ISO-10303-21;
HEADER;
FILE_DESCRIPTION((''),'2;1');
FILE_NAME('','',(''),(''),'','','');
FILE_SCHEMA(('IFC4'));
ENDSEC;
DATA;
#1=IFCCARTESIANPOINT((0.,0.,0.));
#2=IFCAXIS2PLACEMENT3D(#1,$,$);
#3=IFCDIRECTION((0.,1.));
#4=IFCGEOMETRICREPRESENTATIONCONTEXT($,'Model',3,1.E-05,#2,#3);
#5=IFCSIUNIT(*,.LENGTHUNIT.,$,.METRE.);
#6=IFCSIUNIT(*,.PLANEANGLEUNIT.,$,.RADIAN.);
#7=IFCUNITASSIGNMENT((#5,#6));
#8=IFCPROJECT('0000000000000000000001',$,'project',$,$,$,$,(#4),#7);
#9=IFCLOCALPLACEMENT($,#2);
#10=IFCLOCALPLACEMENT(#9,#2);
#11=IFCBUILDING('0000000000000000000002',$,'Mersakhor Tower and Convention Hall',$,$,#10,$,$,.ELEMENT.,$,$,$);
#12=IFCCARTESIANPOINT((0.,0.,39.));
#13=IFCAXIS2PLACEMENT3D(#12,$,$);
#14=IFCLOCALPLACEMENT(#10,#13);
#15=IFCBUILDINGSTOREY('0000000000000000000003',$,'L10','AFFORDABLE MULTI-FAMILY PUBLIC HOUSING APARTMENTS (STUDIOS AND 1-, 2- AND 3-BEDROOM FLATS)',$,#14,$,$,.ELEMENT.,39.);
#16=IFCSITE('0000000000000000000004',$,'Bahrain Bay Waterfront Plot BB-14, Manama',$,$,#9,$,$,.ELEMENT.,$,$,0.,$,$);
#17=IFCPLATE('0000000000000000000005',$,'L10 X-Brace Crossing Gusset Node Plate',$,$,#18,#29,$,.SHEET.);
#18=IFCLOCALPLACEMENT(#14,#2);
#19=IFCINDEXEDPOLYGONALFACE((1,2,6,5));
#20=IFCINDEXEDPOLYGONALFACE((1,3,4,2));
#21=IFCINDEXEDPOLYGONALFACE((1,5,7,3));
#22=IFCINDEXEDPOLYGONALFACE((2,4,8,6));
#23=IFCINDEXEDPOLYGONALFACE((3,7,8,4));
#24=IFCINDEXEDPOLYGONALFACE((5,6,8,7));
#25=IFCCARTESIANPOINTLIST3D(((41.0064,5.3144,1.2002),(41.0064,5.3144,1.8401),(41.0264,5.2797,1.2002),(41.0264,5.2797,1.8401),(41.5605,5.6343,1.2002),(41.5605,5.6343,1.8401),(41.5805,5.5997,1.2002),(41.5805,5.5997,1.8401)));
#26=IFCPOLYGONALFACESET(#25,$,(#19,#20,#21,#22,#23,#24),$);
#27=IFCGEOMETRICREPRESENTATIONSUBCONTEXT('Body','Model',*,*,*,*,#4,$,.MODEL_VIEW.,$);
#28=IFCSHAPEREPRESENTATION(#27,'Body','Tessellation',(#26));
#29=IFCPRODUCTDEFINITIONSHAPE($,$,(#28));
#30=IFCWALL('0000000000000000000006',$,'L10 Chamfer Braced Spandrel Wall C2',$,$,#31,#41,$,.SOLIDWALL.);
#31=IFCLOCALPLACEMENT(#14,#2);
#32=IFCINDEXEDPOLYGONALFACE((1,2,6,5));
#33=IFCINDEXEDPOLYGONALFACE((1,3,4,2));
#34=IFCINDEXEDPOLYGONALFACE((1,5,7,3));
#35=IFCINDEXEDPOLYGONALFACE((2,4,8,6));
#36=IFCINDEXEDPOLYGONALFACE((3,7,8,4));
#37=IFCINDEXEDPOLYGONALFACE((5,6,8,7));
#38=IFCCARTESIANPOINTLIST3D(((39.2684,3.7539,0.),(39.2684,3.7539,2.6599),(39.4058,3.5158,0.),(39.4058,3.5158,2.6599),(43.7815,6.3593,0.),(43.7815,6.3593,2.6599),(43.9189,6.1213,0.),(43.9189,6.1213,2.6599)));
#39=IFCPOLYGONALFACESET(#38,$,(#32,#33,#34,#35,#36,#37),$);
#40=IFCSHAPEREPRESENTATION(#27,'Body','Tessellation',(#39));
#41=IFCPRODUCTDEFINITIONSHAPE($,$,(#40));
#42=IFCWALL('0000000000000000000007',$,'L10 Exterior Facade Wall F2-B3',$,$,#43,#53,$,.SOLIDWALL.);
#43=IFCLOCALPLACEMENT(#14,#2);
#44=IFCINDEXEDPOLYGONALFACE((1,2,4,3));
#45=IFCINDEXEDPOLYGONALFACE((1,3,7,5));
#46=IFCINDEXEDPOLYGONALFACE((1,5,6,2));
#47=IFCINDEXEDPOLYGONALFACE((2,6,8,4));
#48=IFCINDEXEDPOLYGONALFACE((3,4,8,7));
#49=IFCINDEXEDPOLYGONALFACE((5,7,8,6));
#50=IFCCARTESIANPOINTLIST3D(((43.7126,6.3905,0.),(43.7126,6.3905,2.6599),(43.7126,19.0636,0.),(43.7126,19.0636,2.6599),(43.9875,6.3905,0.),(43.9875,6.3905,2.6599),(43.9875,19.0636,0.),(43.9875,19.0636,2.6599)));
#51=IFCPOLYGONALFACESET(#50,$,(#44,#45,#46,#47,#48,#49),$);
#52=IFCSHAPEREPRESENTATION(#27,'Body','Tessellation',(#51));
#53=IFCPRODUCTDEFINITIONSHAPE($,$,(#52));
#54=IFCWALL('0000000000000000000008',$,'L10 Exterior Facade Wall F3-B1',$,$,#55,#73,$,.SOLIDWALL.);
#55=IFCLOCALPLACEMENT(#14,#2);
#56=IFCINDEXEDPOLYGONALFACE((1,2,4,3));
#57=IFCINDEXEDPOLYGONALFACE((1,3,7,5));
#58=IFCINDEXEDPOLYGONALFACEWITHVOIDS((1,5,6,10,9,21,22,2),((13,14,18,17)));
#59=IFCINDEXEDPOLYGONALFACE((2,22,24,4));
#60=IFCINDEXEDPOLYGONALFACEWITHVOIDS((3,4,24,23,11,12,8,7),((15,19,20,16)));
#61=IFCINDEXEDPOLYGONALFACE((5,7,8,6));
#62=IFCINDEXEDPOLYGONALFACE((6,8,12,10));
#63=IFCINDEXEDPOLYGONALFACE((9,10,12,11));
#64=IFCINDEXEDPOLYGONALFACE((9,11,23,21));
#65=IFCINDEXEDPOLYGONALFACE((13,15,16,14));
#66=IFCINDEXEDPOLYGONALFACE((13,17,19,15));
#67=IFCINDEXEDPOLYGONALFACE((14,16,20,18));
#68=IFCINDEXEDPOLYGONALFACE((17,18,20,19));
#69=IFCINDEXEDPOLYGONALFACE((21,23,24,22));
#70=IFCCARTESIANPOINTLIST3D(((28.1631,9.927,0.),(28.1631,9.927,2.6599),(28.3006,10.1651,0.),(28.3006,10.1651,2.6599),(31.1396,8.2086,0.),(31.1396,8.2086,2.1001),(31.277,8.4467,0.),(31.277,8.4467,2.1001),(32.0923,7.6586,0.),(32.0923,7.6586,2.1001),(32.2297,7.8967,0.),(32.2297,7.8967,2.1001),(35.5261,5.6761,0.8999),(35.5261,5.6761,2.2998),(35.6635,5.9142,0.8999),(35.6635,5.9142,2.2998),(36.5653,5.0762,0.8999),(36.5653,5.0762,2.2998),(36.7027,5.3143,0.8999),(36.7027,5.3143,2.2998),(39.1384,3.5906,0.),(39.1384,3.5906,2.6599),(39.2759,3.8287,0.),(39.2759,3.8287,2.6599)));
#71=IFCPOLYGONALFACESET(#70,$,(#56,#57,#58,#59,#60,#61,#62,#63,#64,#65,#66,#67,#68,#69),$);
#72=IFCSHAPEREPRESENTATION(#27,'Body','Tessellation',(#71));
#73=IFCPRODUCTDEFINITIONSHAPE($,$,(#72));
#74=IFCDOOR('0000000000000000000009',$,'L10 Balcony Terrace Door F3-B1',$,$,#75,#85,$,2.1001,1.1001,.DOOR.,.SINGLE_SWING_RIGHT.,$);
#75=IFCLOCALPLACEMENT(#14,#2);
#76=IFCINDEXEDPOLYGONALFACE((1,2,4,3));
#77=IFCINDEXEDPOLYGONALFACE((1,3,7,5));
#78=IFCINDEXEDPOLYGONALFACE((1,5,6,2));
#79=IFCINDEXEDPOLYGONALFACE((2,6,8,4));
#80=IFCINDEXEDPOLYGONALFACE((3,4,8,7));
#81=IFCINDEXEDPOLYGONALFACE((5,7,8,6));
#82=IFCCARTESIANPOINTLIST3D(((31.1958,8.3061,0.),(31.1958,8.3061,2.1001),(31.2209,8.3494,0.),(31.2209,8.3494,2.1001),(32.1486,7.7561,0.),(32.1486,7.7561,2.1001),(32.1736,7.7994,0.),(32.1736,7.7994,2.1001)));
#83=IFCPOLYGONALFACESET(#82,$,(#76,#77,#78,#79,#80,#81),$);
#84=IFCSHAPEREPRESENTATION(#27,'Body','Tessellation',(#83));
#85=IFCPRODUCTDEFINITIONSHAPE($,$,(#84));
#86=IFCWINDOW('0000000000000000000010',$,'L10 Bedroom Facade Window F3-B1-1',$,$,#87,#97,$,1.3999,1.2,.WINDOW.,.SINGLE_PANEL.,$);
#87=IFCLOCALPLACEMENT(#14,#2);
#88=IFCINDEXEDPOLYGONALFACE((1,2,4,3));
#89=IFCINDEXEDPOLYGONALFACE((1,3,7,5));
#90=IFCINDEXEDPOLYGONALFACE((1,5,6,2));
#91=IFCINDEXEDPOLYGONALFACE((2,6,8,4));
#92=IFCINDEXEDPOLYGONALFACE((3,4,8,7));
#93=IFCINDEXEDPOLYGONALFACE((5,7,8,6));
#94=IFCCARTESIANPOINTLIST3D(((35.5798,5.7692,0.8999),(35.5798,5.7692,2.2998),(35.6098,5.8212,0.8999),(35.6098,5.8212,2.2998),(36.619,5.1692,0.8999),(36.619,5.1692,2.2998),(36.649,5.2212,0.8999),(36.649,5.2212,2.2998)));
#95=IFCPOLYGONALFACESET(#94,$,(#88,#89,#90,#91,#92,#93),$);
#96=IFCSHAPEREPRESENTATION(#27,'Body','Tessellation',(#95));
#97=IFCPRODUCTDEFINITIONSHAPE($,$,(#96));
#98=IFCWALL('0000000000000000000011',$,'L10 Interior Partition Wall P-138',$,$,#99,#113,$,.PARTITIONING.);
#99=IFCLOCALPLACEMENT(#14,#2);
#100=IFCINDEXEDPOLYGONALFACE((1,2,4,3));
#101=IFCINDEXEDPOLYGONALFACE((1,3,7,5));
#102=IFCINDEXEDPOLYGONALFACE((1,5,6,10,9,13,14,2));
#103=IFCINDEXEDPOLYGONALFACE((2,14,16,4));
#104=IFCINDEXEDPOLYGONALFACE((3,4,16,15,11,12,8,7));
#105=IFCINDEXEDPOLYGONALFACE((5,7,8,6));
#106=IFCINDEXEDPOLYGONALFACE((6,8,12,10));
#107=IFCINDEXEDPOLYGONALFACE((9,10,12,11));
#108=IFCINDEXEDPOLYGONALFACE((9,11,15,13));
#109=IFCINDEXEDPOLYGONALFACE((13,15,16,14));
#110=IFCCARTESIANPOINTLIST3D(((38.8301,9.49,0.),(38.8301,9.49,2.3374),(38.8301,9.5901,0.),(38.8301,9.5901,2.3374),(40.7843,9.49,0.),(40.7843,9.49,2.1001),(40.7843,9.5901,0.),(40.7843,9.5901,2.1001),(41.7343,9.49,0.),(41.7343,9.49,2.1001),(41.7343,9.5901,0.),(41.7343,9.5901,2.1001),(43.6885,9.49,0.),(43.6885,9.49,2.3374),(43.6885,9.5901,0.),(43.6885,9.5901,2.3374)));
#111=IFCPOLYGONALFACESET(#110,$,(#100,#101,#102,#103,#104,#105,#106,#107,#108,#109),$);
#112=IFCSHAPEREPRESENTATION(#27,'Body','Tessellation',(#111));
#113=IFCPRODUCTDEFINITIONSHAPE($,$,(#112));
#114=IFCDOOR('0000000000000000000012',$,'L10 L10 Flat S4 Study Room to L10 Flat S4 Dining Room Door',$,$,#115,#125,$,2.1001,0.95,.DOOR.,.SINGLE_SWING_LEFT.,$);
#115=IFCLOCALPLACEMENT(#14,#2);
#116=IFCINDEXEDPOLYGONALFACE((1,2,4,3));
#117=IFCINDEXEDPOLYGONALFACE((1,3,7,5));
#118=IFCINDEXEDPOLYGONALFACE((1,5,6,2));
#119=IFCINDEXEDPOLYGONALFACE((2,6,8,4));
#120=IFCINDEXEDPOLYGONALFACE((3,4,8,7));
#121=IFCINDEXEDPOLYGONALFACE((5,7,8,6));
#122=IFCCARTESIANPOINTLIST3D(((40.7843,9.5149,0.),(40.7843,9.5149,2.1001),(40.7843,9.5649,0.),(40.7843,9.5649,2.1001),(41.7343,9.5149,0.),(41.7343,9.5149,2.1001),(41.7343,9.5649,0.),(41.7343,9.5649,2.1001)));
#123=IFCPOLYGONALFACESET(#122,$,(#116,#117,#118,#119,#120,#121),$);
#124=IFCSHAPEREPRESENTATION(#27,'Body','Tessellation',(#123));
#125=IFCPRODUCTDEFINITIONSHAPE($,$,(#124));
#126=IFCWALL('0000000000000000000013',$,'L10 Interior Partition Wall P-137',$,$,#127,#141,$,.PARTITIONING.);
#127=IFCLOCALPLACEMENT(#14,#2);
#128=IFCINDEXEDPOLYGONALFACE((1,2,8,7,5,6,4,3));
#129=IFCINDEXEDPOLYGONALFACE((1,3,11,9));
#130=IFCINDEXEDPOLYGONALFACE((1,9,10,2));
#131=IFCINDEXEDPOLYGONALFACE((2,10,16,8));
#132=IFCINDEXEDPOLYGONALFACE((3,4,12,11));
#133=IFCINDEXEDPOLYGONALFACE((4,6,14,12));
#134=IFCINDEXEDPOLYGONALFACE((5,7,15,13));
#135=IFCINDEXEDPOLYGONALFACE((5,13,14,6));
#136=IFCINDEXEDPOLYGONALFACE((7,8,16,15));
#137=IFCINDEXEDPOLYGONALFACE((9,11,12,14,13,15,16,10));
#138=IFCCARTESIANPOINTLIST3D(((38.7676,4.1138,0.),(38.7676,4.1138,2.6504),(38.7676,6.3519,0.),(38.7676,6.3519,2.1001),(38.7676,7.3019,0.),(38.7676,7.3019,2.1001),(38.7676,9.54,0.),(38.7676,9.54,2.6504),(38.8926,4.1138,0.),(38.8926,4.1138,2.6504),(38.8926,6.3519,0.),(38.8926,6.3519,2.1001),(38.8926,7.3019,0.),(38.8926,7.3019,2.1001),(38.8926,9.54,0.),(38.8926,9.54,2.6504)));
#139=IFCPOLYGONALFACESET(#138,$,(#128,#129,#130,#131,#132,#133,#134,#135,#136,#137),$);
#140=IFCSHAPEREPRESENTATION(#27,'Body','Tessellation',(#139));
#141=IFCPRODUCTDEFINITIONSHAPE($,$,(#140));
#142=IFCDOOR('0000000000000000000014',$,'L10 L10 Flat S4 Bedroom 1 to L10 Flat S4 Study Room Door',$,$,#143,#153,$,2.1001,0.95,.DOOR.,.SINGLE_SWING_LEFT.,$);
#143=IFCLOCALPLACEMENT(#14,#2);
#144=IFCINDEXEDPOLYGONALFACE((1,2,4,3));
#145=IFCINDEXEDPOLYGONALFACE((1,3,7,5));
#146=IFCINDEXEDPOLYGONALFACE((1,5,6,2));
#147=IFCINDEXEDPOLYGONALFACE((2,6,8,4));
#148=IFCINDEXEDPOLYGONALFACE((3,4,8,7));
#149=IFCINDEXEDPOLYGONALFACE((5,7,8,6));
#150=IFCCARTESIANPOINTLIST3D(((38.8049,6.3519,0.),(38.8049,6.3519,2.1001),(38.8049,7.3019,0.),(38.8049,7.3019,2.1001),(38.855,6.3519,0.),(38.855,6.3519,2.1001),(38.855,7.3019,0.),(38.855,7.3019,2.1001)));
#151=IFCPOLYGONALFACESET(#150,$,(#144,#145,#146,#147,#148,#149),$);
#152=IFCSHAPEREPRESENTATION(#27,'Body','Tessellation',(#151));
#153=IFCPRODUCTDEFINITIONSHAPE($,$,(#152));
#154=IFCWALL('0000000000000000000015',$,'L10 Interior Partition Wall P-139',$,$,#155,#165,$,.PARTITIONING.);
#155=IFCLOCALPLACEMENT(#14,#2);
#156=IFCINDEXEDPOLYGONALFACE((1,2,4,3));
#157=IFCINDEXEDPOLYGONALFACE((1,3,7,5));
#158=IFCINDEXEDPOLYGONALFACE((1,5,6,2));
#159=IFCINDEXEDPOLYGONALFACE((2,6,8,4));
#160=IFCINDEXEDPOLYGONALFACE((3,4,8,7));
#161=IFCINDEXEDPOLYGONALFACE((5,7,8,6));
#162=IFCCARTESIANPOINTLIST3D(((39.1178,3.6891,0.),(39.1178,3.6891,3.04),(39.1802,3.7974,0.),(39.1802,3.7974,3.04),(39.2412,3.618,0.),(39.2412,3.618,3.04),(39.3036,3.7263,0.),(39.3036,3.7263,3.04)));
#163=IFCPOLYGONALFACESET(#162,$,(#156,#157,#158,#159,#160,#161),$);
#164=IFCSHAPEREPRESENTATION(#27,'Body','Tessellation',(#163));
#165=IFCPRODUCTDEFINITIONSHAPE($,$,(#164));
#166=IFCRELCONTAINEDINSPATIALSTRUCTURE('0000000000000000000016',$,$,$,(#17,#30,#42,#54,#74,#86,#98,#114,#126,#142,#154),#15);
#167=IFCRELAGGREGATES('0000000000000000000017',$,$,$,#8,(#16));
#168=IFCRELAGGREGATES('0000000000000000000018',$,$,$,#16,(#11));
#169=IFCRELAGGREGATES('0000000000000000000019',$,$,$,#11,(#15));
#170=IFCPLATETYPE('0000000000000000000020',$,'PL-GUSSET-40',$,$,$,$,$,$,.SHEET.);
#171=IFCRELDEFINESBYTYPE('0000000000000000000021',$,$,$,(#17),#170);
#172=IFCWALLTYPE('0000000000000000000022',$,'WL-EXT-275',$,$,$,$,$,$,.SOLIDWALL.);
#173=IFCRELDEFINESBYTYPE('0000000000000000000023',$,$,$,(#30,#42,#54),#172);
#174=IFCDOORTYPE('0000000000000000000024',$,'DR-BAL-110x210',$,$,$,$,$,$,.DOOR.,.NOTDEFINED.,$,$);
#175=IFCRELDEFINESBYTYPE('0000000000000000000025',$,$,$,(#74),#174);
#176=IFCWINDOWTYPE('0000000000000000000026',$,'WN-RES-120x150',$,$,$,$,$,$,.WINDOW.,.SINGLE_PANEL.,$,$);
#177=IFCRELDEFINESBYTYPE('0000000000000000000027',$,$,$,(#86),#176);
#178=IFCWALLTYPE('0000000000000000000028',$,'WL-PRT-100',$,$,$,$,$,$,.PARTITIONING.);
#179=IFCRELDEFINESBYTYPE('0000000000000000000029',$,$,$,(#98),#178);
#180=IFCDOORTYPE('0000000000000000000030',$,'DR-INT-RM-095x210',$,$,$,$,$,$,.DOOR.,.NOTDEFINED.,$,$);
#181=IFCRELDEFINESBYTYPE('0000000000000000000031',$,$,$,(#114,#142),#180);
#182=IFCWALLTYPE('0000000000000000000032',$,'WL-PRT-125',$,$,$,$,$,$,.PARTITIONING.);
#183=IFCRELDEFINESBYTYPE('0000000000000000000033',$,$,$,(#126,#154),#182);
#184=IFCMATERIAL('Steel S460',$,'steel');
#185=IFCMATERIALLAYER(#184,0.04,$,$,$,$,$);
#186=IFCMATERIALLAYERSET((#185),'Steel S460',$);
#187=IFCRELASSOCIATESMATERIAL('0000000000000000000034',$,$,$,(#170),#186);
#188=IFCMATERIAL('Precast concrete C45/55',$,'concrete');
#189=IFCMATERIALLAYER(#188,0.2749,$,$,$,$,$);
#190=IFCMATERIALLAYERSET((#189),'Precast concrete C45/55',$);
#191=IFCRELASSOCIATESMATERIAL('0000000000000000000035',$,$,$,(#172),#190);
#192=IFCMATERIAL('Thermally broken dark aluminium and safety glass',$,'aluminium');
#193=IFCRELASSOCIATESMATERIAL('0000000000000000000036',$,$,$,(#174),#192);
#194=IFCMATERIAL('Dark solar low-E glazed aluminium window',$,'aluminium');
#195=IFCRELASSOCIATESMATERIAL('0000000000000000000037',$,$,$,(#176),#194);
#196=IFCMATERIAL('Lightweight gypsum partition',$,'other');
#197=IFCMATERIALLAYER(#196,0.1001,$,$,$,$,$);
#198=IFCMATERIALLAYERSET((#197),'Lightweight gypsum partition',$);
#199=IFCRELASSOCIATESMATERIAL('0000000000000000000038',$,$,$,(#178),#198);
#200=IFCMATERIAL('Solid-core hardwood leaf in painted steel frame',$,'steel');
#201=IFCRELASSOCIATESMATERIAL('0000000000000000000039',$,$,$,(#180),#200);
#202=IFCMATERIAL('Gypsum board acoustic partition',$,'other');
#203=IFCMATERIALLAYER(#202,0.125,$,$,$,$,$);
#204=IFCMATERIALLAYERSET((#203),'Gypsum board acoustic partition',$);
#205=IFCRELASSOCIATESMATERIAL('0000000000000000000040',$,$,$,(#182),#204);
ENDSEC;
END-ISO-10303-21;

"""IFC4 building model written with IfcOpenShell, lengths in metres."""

from ifc_helpers import new_model, si_unit, direction, frame, frame_2d, origin, origin_2d, place, context, subcontext, project, spatial, rectangle, extrude, material, layer, layer_set, type_object, element, fill, save


model = new_model("IFC4")

# Units and contexts
model_context = context("Model", 3, precision=1e-05, world=origin(), true_north=direction((0.0, 1.0)))
body_context = subcontext(model_context, "Body", "Model", "MODEL_VIEW")
ifc_project = project(units=[si_unit("LENGTHUNIT", "METRE"), si_unit("PLANEANGLEUNIT", "RADIAN")], contexts=[model_context])

# Site, building, storey
site_placement = place(None, origin())
site = spatial("IfcSite", under=ifc_project, at=site_placement, Name="Bahrain Bay Waterfront Plot BB-14, Manama", CompositionType="ELEMENT", RefElevation=0.0)
building_placement = place(site_placement, origin())
building = spatial("IfcBuilding", under=site, at=building_placement, Name="Mersakhor Tower and Convention Hall", CompositionType="ELEMENT")
storey_placement = place(building_placement, frame((0.0, 0.0, 39.0)))
storey = spatial("IfcBuildingStorey", under=building, at=storey_placement, Name="L10", Description="AFFORDABLE MULTI-FAMILY PUBLIC HOUSING APARTMENTS (STUDIOS AND 1-, 2- AND 3-BEDROOM FLATS)", CompositionType="ELEMENT", Elevation=39.0)

# Plate
ifc_material_1 = material(Name="Steel S460", Category="steel")
ifc_layer_1 = layer(ifc_material_1, 0.04)
ifc_layer_set_1 = layer_set([ifc_layer_1], Name="Steel S460")
plate_type_1 = type_object("IfcPlateType", Name="PL-GUSSET-40", PredefinedType="SHEET", material=ifc_layer_set_1)
plate_1_placement = place(storey_placement, frame((41.2935, 5.457, 1.2002), z_axis=(0.0, 0.0, 1.0), x_axis=(0.866025, 0.5, 0.0)))
element("IfcPlate", 1, at=plate_1_placement, inside=storey, type_object=plate_type_1, Name="L10 X-Brace Crossing Gusset Node Plate", PredefinedType="SHEET", context=body_context, shape_type="SweptSolid", body=[
    extrude(rectangle(XDim=0.6399, YDim=0.04, at=origin_2d()), origin(), (0.0, 0.0, 1.0), 0.6399),
])

# Walls
ifc_material_2 = material(Name="Precast concrete C45/55", Category="concrete")
ifc_layer_2 = layer(ifc_material_2, 0.2749)
ifc_layer_set_2 = layer_set([ifc_layer_2], Name="Precast concrete C45/55")
wall_type_1 = type_object("IfcWallType", Name="WL-EXT-275", PredefinedType="SOLIDWALL", material=ifc_layer_set_2)
wall_1_placement = place(storey_placement, frame((43.8501, 6.2402, 0.0), z_axis=(0.0, 0.0, 1.0), x_axis=(-0.866044, -0.499968, 0.0)))
element("IfcWall", 2, at=wall_1_placement, inside=storey, type_object=wall_type_1, Name="L10 Chamfer Braced Spandrel Wall C2", PredefinedType="SOLIDWALL", context=body_context, shape_type="SweptSolid", body=[
    extrude(rectangle(XDim=5.2112, YDim=0.2749, at=frame_2d((2.6055, 0.0))), origin(), (0.0, 0.0, 1.0), 2.6599),
])
wall_2_placement = place(storey_placement, frame((43.8501, 19.0635, 0.0), z_axis=(0.0, 0.0, 1.0), x_axis=(0.0, -1.0, 0.0)))
element("IfcWall", 3, at=wall_2_placement, inside=storey, type_object=wall_type_1, Name="L10 Exterior Facade Wall F2-B3", PredefinedType="SOLIDWALL", context=body_context, shape_type="SweptSolid", body=[
    extrude(rectangle(XDim=12.6731, YDim=0.2749, at=frame_2d((6.3364, 0.0))), origin(), (0.0, 0.0, 1.0), 2.6599),
])

# Wall, openings, door, window
wall_3_placement = place(storey_placement, frame((39.207, 3.7097, 0.0), z_axis=(0.0, 0.0, 1.0), x_axis=(-0.866032, 0.499989, 0.0)))
wall_3 = element("IfcWall", 4, at=wall_3_placement, inside=storey, type_object=wall_type_1, Name="L10 Exterior Facade Wall F3-B1", PredefinedType="SOLIDWALL", context=body_context, shape_type="SweptSolid", body=[
    extrude(rectangle(XDim=12.6731, YDim=0.2749, at=frame_2d((6.3364, 0.0))), origin(), (0.0, 0.0, 1.0), 2.6599),
])
opening_1_placement = place(wall_3_placement, frame((8.136, 0.0, 0.0)))
opening_1 = element("IfcOpeningElement", 5, at=opening_1_placement, cuts=wall_3, PredefinedType="OPENING", context=body_context, shape_type="SweptSolid", body=[
    extrude(rectangle(XDim=1.1001, YDim=2.1001, at=frame_2d((0.55, 1.05))), frame((0.0, 0.1475, 0.0), z_axis=(0.0, -1.0, 0.0), x_axis=(1.0, 0.0, 0.0)), (0.0, 0.0, 1.0), 0.2949),
])
opening_2_placement = place(wall_3_placement, frame((2.9709, 0.0, 0.8999)))
opening_2 = element("IfcOpeningElement", 6, at=opening_2_placement, cuts=wall_3, PredefinedType="OPENING", context=body_context, shape_type="SweptSolid", body=[
    extrude(rectangle(XDim=1.2, YDim=1.3999, at=frame_2d((0.6001, 0.7))), frame((0.0, 0.1475, 0.0), z_axis=(0.0, -1.0, 0.0), x_axis=(1.0, 0.0, 0.0)), (0.0, 0.0, 1.0), 0.2949),
])
ifc_material_3 = material(Name="Thermally broken dark aluminium and safety glass", Category="aluminium")
door_type_1 = type_object("IfcDoorType", Name="DR-BAL-110x210", OperationType="NOTDEFINED", PredefinedType="DOOR", material=ifc_material_3)
door_1_placement = place(opening_1_placement, origin())
door_1 = element("IfcDoor", 7, at=door_1_placement, inside=storey, type_object=door_type_1, Name="L10 Balcony Terrace Door F3-B1", OperationType="SINGLE_SWING_RIGHT", OverallHeight=2.1001, OverallWidth=1.1001, PredefinedType="DOOR", context=body_context, shape_type="SweptSolid", body=[
    extrude(rectangle(XDim=1.1001, YDim=2.1001, at=frame_2d((0.55, 1.05))), frame((0.0, 0.0249, 0.0), z_axis=(0.0, -1.0, 0.0), x_axis=(1.0, 0.0, 0.0)), (0.0, 0.0, 1.0), 0.05),
])
fill(opening_1, door_1)
ifc_material_4 = material(Name="Dark solar low-E glazed aluminium window", Category="aluminium")
window_type = type_object("IfcWindowType", Name="WN-RES-120x150", PartitioningType="SINGLE_PANEL", PredefinedType="WINDOW", material=ifc_material_4)
window_placement = place(opening_2_placement, origin())
window = element("IfcWindow", 8, at=window_placement, inside=storey, type_object=window_type, Name="L10 Bedroom Facade Window F3-B1-1", OverallHeight=1.3999, OverallWidth=1.2, PartitioningType="SINGLE_PANEL", PredefinedType="WINDOW", context=body_context, shape_type="SweptSolid", body=[
    extrude(rectangle(XDim=1.2, YDim=1.3999, at=frame_2d((0.6001, 0.7))), frame((0.0, 0.03, 0.0), z_axis=(0.0, -1.0, 0.0), x_axis=(1.0, 0.0, 0.0)), (0.0, 0.0, 1.0), 0.0601),
])
fill(opening_2, window)

# Walls, openings, doors
ifc_material_5 = material(Name="Lightweight gypsum partition", Category="other")
ifc_layer_3 = layer(ifc_material_5, 0.1001)
ifc_layer_set_3 = layer_set([ifc_layer_3], Name="Lightweight gypsum partition")
wall_type_2 = type_object("IfcWallType", Name="WL-PRT-100", PredefinedType="PARTITIONING", material=ifc_layer_set_3)
wall_4_placement = place(storey_placement, frame((38.8301, 9.54, 0.0), z_axis=(0.0, 0.0, 1.0), x_axis=(1.0, 0.0, 0.0)))
wall_4 = element("IfcWall", 9, at=wall_4_placement, inside=storey, type_object=wall_type_2, Name="L10 Interior Partition Wall P-138", PredefinedType="PARTITIONING", context=body_context, shape_type="SweptSolid", body=[
    extrude(rectangle(XDim=4.8584, YDim=0.1001, at=frame_2d((2.4292, 0.0))), origin(), (0.0, 0.0, 1.0), 2.3374),
])
opening_3_placement = place(wall_4_placement, frame((1.9541, 0.0, 0.0)))
opening_3 = element("IfcOpeningElement", 10, at=opening_3_placement, cuts=wall_4, PredefinedType="OPENING", context=body_context, shape_type="SweptSolid", body=[
    extrude(rectangle(XDim=0.95, YDim=2.1001, at=frame_2d((0.4751, 1.05))), frame((0.0, 0.0601, 0.0), z_axis=(0.0, -1.0, 0.0), x_axis=(1.0, 0.0, 0.0)), (0.0, 0.0, 1.0), 0.1201),
])
ifc_material_6 = material(Name="Solid-core hardwood leaf in painted steel frame", Category="steel")
door_type_2 = type_object("IfcDoorType", Name="DR-INT-RM-095x210", OperationType="NOTDEFINED", PredefinedType="DOOR", material=ifc_material_6)
door_2_placement = place(opening_3_placement, origin())
door_2 = element("IfcDoor", 11, at=door_2_placement, inside=storey, type_object=door_type_2, Name="L10 L10 Flat S4 Study Room to L10 Flat S4 Dining Room Door", OperationType="SINGLE_SWING_LEFT", OverallHeight=2.1001, OverallWidth=0.95, PredefinedType="DOOR", context=body_context, shape_type="SweptSolid", body=[
    extrude(rectangle(XDim=0.95, YDim=2.1001, at=frame_2d((0.4751, 1.05))), frame((0.0, 0.0249, 0.0), z_axis=(0.0, -1.0, 0.0), x_axis=(1.0, 0.0, 0.0)), (0.0, 0.0, 1.0), 0.05),
])
fill(opening_3, door_2)
ifc_material_7 = material(Name="Gypsum board acoustic partition", Category="other")
ifc_layer_4 = layer(ifc_material_7, 0.125)
ifc_layer_set_4 = layer_set([ifc_layer_4], Name="Gypsum board acoustic partition")
wall_type_3 = type_object("IfcWallType", Name="WL-PRT-125", PredefinedType="PARTITIONING", material=ifc_layer_set_4)
wall_5_placement = place(storey_placement, frame((38.8301, 9.54, 0.0), z_axis=(0.0, 0.0, 1.0), x_axis=(0.0, -1.0, 0.0)))
wall_5 = element("IfcWall", 12, at=wall_5_placement, inside=storey, type_object=wall_type_3, Name="L10 Interior Partition Wall P-137", PredefinedType="PARTITIONING", context=body_context, shape_type="SweptSolid", body=[
    extrude(rectangle(XDim=5.4263, YDim=0.125, at=frame_2d((2.7131, 0.0))), origin(), (0.0, 0.0, 1.0), 2.6504),
])
opening_4_placement = place(wall_5_placement, frame((2.238, 0.0, 0.0)))
opening_4 = element("IfcOpeningElement", 13, at=opening_4_placement, cuts=wall_5, PredefinedType="OPENING", context=body_context, shape_type="SweptSolid", body=[
    extrude(rectangle(XDim=0.95, YDim=2.1001, at=frame_2d((0.4751, 1.05))), frame((0.0, 0.0725, 0.0), z_axis=(0.0, -1.0, 0.0), x_axis=(1.0, 0.0, 0.0)), (0.0, 0.0, 1.0), 0.145),
])
door_3_placement = place(opening_4_placement, origin())
door_3 = element("IfcDoor", 14, at=door_3_placement, inside=storey, type_object=door_type_2, Name="L10 L10 Flat S4 Bedroom 1 to L10 Flat S4 Study Room Door", OperationType="SINGLE_SWING_LEFT", OverallHeight=2.1001, OverallWidth=0.95, PredefinedType="DOOR", context=body_context, shape_type="SweptSolid", body=[
    extrude(rectangle(XDim=0.95, YDim=2.1001, at=frame_2d((0.4751, 1.05))), frame((0.0, 0.0249, 0.0), z_axis=(0.0, -1.0, 0.0), x_axis=(1.0, 0.0, 0.0)), (0.0, 0.0, 1.0), 0.05),
])
fill(opening_4, door_3)

# Wall
wall_6_placement = place(storey_placement, frame((39.2725, 3.6721, 0.0), z_axis=(0.0, 0.0, 1.0), x_axis=(-0.866443, 0.499277, 0.0)))
element("IfcWall", 15, at=wall_6_placement, inside=storey, type_object=wall_type_3, Name="L10 Interior Partition Wall P-139", PredefinedType="PARTITIONING", context=body_context, shape_type="SweptSolid", body=[
    extrude(rectangle(XDim=0.1423, YDim=0.125, at=frame_2d((0.0713, 0.0))), origin(), (0.0, 0.0, 1.0), 3.04),
])

save(model, "model.ifc")
